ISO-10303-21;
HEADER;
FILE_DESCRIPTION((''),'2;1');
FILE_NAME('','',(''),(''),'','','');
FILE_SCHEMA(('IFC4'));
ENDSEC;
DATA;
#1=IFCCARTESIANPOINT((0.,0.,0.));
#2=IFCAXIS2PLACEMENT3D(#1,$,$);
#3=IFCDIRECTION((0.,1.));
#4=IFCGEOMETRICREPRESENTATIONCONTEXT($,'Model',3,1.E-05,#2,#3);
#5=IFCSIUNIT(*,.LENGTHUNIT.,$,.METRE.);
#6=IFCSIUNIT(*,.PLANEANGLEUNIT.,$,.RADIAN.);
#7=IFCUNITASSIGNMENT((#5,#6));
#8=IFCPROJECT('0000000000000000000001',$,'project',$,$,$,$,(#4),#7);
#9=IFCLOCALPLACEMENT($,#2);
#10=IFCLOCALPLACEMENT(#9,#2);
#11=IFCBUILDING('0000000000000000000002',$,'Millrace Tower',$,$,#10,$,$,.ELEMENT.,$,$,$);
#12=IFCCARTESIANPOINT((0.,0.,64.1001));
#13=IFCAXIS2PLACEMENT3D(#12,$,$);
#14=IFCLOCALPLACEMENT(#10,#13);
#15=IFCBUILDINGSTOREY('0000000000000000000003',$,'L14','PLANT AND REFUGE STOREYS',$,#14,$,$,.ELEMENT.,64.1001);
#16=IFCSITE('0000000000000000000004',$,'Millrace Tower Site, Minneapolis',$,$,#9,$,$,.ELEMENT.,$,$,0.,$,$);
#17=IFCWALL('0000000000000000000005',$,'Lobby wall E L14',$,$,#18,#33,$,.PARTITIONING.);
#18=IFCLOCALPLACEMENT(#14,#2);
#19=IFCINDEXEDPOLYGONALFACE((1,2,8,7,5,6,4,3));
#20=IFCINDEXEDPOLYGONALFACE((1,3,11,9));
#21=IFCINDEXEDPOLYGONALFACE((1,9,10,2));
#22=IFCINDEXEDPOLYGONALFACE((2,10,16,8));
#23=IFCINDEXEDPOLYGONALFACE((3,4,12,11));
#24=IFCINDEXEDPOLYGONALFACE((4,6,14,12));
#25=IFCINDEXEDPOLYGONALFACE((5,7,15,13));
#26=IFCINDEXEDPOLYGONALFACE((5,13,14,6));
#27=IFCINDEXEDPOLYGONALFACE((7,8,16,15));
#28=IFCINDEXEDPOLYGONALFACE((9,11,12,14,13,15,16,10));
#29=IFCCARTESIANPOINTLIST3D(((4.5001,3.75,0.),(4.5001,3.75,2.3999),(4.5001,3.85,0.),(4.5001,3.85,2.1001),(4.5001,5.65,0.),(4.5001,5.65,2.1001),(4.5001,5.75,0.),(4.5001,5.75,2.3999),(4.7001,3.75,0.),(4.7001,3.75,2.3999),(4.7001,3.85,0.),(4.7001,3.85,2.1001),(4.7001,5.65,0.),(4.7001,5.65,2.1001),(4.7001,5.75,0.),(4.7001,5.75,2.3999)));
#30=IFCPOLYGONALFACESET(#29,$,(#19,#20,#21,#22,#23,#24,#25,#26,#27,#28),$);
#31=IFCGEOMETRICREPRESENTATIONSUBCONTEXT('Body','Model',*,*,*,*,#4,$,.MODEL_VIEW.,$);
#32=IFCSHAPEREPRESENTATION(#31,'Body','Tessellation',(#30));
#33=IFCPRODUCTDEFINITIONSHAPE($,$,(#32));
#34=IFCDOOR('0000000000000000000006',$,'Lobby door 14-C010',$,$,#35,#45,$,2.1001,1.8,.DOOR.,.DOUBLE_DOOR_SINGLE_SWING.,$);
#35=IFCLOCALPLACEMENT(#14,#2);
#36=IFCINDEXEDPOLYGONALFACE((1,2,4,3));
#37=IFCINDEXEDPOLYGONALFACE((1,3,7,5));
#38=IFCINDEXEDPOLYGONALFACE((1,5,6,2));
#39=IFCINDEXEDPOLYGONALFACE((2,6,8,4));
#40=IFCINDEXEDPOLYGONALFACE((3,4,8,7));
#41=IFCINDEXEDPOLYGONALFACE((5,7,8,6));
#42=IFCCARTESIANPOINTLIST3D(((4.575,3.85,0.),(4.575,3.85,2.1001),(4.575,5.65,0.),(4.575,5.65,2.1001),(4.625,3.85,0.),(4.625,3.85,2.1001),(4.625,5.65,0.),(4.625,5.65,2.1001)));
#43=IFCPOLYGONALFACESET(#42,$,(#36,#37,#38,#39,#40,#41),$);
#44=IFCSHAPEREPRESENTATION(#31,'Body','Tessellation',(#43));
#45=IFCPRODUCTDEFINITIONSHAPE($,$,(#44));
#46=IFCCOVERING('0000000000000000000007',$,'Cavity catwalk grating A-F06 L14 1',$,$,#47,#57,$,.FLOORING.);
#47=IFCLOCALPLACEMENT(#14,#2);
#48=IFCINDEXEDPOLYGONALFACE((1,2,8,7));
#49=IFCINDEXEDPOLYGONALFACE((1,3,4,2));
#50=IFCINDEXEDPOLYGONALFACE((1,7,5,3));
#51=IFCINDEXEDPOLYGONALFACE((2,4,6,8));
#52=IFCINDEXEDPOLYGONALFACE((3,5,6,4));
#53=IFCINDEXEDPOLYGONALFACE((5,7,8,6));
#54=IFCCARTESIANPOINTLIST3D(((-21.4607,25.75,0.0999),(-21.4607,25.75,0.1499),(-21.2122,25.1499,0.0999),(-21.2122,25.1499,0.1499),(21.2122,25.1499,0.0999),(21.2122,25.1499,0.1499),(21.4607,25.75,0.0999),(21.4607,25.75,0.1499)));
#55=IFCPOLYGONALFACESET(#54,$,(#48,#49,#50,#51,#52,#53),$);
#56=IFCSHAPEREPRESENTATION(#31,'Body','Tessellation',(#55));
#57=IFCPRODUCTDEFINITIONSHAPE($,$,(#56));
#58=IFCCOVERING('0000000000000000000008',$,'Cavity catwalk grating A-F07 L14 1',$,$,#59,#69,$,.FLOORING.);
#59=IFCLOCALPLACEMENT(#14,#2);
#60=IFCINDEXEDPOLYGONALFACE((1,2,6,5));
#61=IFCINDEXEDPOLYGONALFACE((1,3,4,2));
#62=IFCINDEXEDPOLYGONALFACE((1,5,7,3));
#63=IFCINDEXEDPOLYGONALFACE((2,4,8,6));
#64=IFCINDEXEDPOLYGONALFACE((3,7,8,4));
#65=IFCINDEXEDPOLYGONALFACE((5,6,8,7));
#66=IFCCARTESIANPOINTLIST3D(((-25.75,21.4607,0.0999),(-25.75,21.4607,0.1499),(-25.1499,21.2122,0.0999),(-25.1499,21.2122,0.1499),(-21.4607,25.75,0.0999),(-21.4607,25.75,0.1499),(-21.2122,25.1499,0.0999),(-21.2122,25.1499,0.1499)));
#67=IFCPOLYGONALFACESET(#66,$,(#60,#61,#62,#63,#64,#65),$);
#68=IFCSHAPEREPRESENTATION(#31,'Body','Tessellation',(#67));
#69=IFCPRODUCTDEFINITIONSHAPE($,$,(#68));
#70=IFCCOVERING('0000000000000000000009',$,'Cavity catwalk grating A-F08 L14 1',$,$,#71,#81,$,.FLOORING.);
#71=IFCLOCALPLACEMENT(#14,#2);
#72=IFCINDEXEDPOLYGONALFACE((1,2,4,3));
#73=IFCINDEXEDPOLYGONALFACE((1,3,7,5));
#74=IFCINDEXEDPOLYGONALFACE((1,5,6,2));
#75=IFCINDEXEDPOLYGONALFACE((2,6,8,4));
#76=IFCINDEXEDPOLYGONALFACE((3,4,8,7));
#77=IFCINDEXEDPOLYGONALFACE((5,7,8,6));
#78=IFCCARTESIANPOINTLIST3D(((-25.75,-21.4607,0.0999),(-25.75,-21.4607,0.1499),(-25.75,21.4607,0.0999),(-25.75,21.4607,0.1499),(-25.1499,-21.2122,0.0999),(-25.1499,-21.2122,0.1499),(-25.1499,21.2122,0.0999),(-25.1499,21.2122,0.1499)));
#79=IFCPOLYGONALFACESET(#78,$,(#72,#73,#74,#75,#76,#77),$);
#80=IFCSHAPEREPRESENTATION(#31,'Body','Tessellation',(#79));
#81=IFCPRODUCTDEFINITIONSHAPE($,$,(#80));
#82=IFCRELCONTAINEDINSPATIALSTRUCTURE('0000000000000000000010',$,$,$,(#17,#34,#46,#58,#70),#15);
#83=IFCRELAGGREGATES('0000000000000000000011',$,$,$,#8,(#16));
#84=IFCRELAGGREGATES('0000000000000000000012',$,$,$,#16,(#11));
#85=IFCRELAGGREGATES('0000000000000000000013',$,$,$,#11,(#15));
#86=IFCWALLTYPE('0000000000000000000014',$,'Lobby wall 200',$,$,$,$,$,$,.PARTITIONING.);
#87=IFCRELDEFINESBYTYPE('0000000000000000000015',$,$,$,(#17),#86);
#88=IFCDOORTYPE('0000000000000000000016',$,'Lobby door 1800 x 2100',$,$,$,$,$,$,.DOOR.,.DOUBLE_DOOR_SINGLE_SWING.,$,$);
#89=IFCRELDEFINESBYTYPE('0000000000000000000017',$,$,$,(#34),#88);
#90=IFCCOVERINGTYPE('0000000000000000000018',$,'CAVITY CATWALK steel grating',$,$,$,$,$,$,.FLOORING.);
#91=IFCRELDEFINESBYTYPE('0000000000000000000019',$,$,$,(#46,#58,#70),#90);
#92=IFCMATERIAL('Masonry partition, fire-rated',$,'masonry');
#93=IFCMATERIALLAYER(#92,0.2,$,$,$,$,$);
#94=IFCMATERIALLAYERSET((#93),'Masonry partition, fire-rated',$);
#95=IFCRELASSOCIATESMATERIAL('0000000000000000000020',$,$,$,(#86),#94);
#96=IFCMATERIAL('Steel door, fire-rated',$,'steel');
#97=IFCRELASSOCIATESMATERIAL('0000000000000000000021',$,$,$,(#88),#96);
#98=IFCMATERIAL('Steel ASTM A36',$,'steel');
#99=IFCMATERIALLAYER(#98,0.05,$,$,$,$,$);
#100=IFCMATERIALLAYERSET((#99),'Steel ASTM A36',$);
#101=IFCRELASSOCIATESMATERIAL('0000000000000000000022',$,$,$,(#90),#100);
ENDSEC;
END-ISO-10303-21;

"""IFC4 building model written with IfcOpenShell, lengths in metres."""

from ifc_helpers import new_model, si_unit, direction, frame, frame_2d, origin, place, context, subcontext, project, spatial, polyline, rectangle, outline, extrude, material, layer, layer_set, type_object, element, fill, save


model = new_model("IFC4")

# Units and contexts
model_context = context("Model", 3, precision=1e-05, world=origin(), true_north=direction((0.0, 1.0)))
body_context = subcontext(model_context, "Body", "Model", "MODEL_VIEW")
ifc_project = project(units=[si_unit("LENGTHUNIT", "METRE"), si_unit("PLANEANGLEUNIT", "RADIAN")], contexts=[model_context])

# Site, building, storey
site_placement = place(None, origin())
site = spatial("IfcSite", under=ifc_project, at=site_placement, Name="Millrace Tower Site, Minneapolis", CompositionType="ELEMENT", RefElevation=0.0)
building_placement = place(site_placement, origin())
building = spatial("IfcBuilding", under=site, at=building_placement, Name="Millrace Tower", CompositionType="ELEMENT")
storey_placement = place(building_placement, frame((0.0, 0.0, 64.1001)))
storey = spatial("IfcBuildingStorey", under=building, at=storey_placement, Name="L14", Description="PLANT AND REFUGE STOREYS", CompositionType="ELEMENT", Elevation=64.1001)

# Wall, opening, door
ifc_material_1 = material(Name="Masonry partition, fire-rated", Category="masonry")
ifc_layer_1 = layer(ifc_material_1, 0.2)
ifc_layer_set_1 = layer_set([ifc_layer_1], Name="Masonry partition, fire-rated")
wall_type_1 = type_object("IfcWallType", Name="Lobby wall 200", PredefinedType="PARTITIONING", material=ifc_layer_set_1)
wall_1_placement = place(storey_placement, frame((4.6001, 5.75, 0.0), z_axis=(0.0, 0.0, 1.0), x_axis=(0.0, -1.0, 0.0)))
wall_1 = element("IfcWall", 1, at=wall_1_placement, inside=storey, type_object=wall_type_1, Name="Lobby wall E L14", PredefinedType="PARTITIONING", context=body_context, shape_type="SweptSolid", body=[
    extrude(rectangle(XDim=2.0, YDim=0.2, at=frame_2d((1.0, 0.0))), origin(), (0.0, 0.0, 1.0), 2.3999),
])
opening_1_placement = place(wall_1_placement, frame((0.1001, 0.0, 0.0)))
opening_1 = element("IfcOpeningElement", 2, at=opening_1_placement, cuts=wall_1, PredefinedType="OPENING", context=body_context, shape_type="SweptSolid", body=[
    extrude(rectangle(XDim=1.8, YDim=2.1001, at=frame_2d((0.8999, 1.05))), frame((0.0, 0.1099, 0.0), z_axis=(0.0, -1.0, 0.0), x_axis=(1.0, 0.0, 0.0)), (0.0, 0.0, 1.0), 0.22),
])
ifc_material_2 = material(Name="Steel door, fire-rated", Category="steel")
door_type_1 = type_object("IfcDoorType", Name="Lobby door 1800 x 2100", OperationType="DOUBLE_DOOR_SINGLE_SWING", PredefinedType="DOOR", material=ifc_material_2)
door_1_placement = place(opening_1_placement, origin())
door_1 = element("IfcDoor", 3, at=door_1_placement, inside=storey, type_object=door_type_1, Name="Lobby door 14-C010", OperationType="DOUBLE_DOOR_SINGLE_SWING", OverallHeight=2.1001, OverallWidth=1.8, PredefinedType="DOOR", context=body_context, shape_type="SweptSolid", body=[
    extrude(rectangle(XDim=1.8, YDim=2.1001, at=frame_2d((0.8999, 1.05))), frame((0.0, 0.0249, 0.0), z_axis=(0.0, -1.0, 0.0), x_axis=(1.0, 0.0, 0.0)), (0.0, 0.0, 1.0), 0.05),
])
fill(opening_1, door_1)

# Coverings
ifc_material_3 = material(Name="Steel ASTM A36", Category="steel")
ifc_layer_2 = layer(ifc_material_3, 0.05)
ifc_layer_set_2 = layer_set([ifc_layer_2], Name="Steel ASTM A36")
covering_type = type_object("IfcCoveringType", Name="CAVITY CATWALK steel grating", PredefinedType="FLOORING", material=ifc_layer_set_2)
placement_1 = place(storey_placement, frame((0.0, 0.0, 0.0999)))
element("IfcCovering", 4, at=placement_1, inside=storey, type_object=covering_type, Name="Cavity catwalk grating A-F06 L14 1", PredefinedType="FLOORING", context=body_context, shape_type="SweptSolid", body=[
    extrude(outline(polyline([(21.4607, 25.75), (-21.4607, 25.75), (-21.2122, 25.1499), (21.2122, 25.1499), (21.4607, 25.75)])), origin(), (0.0, 0.0, 1.0), 0.05),
])
element("IfcCovering", 5, at=placement_1, inside=storey, type_object=covering_type, Name="Cavity catwalk grating A-F07 L14 1", PredefinedType="FLOORING", context=body_context, shape_type="SweptSolid", body=[
    extrude(outline(polyline([(-21.4607, 25.75), (-25.75, 21.4607), (-25.1499, 21.2122), (-21.2122, 25.1499), (-21.4607, 25.75)])), origin(), (0.0, 0.0, 1.0), 0.05),
])
element("IfcCovering", 6, at=placement_1, inside=storey, type_object=covering_type, Name="Cavity catwalk grating A-F08 L14 1", PredefinedType="FLOORING", context=body_context, shape_type="SweptSolid", body=[
    extrude(outline(polyline([(-25.75, 21.4607), (-25.75, -21.4607), (-25.1499, -21.2122), (-25.1499, 21.2122), (-25.75, 21.4607)])), origin(), (0.0, 0.0, 1.0), 0.05),
])

save(model, "model.ifc")
